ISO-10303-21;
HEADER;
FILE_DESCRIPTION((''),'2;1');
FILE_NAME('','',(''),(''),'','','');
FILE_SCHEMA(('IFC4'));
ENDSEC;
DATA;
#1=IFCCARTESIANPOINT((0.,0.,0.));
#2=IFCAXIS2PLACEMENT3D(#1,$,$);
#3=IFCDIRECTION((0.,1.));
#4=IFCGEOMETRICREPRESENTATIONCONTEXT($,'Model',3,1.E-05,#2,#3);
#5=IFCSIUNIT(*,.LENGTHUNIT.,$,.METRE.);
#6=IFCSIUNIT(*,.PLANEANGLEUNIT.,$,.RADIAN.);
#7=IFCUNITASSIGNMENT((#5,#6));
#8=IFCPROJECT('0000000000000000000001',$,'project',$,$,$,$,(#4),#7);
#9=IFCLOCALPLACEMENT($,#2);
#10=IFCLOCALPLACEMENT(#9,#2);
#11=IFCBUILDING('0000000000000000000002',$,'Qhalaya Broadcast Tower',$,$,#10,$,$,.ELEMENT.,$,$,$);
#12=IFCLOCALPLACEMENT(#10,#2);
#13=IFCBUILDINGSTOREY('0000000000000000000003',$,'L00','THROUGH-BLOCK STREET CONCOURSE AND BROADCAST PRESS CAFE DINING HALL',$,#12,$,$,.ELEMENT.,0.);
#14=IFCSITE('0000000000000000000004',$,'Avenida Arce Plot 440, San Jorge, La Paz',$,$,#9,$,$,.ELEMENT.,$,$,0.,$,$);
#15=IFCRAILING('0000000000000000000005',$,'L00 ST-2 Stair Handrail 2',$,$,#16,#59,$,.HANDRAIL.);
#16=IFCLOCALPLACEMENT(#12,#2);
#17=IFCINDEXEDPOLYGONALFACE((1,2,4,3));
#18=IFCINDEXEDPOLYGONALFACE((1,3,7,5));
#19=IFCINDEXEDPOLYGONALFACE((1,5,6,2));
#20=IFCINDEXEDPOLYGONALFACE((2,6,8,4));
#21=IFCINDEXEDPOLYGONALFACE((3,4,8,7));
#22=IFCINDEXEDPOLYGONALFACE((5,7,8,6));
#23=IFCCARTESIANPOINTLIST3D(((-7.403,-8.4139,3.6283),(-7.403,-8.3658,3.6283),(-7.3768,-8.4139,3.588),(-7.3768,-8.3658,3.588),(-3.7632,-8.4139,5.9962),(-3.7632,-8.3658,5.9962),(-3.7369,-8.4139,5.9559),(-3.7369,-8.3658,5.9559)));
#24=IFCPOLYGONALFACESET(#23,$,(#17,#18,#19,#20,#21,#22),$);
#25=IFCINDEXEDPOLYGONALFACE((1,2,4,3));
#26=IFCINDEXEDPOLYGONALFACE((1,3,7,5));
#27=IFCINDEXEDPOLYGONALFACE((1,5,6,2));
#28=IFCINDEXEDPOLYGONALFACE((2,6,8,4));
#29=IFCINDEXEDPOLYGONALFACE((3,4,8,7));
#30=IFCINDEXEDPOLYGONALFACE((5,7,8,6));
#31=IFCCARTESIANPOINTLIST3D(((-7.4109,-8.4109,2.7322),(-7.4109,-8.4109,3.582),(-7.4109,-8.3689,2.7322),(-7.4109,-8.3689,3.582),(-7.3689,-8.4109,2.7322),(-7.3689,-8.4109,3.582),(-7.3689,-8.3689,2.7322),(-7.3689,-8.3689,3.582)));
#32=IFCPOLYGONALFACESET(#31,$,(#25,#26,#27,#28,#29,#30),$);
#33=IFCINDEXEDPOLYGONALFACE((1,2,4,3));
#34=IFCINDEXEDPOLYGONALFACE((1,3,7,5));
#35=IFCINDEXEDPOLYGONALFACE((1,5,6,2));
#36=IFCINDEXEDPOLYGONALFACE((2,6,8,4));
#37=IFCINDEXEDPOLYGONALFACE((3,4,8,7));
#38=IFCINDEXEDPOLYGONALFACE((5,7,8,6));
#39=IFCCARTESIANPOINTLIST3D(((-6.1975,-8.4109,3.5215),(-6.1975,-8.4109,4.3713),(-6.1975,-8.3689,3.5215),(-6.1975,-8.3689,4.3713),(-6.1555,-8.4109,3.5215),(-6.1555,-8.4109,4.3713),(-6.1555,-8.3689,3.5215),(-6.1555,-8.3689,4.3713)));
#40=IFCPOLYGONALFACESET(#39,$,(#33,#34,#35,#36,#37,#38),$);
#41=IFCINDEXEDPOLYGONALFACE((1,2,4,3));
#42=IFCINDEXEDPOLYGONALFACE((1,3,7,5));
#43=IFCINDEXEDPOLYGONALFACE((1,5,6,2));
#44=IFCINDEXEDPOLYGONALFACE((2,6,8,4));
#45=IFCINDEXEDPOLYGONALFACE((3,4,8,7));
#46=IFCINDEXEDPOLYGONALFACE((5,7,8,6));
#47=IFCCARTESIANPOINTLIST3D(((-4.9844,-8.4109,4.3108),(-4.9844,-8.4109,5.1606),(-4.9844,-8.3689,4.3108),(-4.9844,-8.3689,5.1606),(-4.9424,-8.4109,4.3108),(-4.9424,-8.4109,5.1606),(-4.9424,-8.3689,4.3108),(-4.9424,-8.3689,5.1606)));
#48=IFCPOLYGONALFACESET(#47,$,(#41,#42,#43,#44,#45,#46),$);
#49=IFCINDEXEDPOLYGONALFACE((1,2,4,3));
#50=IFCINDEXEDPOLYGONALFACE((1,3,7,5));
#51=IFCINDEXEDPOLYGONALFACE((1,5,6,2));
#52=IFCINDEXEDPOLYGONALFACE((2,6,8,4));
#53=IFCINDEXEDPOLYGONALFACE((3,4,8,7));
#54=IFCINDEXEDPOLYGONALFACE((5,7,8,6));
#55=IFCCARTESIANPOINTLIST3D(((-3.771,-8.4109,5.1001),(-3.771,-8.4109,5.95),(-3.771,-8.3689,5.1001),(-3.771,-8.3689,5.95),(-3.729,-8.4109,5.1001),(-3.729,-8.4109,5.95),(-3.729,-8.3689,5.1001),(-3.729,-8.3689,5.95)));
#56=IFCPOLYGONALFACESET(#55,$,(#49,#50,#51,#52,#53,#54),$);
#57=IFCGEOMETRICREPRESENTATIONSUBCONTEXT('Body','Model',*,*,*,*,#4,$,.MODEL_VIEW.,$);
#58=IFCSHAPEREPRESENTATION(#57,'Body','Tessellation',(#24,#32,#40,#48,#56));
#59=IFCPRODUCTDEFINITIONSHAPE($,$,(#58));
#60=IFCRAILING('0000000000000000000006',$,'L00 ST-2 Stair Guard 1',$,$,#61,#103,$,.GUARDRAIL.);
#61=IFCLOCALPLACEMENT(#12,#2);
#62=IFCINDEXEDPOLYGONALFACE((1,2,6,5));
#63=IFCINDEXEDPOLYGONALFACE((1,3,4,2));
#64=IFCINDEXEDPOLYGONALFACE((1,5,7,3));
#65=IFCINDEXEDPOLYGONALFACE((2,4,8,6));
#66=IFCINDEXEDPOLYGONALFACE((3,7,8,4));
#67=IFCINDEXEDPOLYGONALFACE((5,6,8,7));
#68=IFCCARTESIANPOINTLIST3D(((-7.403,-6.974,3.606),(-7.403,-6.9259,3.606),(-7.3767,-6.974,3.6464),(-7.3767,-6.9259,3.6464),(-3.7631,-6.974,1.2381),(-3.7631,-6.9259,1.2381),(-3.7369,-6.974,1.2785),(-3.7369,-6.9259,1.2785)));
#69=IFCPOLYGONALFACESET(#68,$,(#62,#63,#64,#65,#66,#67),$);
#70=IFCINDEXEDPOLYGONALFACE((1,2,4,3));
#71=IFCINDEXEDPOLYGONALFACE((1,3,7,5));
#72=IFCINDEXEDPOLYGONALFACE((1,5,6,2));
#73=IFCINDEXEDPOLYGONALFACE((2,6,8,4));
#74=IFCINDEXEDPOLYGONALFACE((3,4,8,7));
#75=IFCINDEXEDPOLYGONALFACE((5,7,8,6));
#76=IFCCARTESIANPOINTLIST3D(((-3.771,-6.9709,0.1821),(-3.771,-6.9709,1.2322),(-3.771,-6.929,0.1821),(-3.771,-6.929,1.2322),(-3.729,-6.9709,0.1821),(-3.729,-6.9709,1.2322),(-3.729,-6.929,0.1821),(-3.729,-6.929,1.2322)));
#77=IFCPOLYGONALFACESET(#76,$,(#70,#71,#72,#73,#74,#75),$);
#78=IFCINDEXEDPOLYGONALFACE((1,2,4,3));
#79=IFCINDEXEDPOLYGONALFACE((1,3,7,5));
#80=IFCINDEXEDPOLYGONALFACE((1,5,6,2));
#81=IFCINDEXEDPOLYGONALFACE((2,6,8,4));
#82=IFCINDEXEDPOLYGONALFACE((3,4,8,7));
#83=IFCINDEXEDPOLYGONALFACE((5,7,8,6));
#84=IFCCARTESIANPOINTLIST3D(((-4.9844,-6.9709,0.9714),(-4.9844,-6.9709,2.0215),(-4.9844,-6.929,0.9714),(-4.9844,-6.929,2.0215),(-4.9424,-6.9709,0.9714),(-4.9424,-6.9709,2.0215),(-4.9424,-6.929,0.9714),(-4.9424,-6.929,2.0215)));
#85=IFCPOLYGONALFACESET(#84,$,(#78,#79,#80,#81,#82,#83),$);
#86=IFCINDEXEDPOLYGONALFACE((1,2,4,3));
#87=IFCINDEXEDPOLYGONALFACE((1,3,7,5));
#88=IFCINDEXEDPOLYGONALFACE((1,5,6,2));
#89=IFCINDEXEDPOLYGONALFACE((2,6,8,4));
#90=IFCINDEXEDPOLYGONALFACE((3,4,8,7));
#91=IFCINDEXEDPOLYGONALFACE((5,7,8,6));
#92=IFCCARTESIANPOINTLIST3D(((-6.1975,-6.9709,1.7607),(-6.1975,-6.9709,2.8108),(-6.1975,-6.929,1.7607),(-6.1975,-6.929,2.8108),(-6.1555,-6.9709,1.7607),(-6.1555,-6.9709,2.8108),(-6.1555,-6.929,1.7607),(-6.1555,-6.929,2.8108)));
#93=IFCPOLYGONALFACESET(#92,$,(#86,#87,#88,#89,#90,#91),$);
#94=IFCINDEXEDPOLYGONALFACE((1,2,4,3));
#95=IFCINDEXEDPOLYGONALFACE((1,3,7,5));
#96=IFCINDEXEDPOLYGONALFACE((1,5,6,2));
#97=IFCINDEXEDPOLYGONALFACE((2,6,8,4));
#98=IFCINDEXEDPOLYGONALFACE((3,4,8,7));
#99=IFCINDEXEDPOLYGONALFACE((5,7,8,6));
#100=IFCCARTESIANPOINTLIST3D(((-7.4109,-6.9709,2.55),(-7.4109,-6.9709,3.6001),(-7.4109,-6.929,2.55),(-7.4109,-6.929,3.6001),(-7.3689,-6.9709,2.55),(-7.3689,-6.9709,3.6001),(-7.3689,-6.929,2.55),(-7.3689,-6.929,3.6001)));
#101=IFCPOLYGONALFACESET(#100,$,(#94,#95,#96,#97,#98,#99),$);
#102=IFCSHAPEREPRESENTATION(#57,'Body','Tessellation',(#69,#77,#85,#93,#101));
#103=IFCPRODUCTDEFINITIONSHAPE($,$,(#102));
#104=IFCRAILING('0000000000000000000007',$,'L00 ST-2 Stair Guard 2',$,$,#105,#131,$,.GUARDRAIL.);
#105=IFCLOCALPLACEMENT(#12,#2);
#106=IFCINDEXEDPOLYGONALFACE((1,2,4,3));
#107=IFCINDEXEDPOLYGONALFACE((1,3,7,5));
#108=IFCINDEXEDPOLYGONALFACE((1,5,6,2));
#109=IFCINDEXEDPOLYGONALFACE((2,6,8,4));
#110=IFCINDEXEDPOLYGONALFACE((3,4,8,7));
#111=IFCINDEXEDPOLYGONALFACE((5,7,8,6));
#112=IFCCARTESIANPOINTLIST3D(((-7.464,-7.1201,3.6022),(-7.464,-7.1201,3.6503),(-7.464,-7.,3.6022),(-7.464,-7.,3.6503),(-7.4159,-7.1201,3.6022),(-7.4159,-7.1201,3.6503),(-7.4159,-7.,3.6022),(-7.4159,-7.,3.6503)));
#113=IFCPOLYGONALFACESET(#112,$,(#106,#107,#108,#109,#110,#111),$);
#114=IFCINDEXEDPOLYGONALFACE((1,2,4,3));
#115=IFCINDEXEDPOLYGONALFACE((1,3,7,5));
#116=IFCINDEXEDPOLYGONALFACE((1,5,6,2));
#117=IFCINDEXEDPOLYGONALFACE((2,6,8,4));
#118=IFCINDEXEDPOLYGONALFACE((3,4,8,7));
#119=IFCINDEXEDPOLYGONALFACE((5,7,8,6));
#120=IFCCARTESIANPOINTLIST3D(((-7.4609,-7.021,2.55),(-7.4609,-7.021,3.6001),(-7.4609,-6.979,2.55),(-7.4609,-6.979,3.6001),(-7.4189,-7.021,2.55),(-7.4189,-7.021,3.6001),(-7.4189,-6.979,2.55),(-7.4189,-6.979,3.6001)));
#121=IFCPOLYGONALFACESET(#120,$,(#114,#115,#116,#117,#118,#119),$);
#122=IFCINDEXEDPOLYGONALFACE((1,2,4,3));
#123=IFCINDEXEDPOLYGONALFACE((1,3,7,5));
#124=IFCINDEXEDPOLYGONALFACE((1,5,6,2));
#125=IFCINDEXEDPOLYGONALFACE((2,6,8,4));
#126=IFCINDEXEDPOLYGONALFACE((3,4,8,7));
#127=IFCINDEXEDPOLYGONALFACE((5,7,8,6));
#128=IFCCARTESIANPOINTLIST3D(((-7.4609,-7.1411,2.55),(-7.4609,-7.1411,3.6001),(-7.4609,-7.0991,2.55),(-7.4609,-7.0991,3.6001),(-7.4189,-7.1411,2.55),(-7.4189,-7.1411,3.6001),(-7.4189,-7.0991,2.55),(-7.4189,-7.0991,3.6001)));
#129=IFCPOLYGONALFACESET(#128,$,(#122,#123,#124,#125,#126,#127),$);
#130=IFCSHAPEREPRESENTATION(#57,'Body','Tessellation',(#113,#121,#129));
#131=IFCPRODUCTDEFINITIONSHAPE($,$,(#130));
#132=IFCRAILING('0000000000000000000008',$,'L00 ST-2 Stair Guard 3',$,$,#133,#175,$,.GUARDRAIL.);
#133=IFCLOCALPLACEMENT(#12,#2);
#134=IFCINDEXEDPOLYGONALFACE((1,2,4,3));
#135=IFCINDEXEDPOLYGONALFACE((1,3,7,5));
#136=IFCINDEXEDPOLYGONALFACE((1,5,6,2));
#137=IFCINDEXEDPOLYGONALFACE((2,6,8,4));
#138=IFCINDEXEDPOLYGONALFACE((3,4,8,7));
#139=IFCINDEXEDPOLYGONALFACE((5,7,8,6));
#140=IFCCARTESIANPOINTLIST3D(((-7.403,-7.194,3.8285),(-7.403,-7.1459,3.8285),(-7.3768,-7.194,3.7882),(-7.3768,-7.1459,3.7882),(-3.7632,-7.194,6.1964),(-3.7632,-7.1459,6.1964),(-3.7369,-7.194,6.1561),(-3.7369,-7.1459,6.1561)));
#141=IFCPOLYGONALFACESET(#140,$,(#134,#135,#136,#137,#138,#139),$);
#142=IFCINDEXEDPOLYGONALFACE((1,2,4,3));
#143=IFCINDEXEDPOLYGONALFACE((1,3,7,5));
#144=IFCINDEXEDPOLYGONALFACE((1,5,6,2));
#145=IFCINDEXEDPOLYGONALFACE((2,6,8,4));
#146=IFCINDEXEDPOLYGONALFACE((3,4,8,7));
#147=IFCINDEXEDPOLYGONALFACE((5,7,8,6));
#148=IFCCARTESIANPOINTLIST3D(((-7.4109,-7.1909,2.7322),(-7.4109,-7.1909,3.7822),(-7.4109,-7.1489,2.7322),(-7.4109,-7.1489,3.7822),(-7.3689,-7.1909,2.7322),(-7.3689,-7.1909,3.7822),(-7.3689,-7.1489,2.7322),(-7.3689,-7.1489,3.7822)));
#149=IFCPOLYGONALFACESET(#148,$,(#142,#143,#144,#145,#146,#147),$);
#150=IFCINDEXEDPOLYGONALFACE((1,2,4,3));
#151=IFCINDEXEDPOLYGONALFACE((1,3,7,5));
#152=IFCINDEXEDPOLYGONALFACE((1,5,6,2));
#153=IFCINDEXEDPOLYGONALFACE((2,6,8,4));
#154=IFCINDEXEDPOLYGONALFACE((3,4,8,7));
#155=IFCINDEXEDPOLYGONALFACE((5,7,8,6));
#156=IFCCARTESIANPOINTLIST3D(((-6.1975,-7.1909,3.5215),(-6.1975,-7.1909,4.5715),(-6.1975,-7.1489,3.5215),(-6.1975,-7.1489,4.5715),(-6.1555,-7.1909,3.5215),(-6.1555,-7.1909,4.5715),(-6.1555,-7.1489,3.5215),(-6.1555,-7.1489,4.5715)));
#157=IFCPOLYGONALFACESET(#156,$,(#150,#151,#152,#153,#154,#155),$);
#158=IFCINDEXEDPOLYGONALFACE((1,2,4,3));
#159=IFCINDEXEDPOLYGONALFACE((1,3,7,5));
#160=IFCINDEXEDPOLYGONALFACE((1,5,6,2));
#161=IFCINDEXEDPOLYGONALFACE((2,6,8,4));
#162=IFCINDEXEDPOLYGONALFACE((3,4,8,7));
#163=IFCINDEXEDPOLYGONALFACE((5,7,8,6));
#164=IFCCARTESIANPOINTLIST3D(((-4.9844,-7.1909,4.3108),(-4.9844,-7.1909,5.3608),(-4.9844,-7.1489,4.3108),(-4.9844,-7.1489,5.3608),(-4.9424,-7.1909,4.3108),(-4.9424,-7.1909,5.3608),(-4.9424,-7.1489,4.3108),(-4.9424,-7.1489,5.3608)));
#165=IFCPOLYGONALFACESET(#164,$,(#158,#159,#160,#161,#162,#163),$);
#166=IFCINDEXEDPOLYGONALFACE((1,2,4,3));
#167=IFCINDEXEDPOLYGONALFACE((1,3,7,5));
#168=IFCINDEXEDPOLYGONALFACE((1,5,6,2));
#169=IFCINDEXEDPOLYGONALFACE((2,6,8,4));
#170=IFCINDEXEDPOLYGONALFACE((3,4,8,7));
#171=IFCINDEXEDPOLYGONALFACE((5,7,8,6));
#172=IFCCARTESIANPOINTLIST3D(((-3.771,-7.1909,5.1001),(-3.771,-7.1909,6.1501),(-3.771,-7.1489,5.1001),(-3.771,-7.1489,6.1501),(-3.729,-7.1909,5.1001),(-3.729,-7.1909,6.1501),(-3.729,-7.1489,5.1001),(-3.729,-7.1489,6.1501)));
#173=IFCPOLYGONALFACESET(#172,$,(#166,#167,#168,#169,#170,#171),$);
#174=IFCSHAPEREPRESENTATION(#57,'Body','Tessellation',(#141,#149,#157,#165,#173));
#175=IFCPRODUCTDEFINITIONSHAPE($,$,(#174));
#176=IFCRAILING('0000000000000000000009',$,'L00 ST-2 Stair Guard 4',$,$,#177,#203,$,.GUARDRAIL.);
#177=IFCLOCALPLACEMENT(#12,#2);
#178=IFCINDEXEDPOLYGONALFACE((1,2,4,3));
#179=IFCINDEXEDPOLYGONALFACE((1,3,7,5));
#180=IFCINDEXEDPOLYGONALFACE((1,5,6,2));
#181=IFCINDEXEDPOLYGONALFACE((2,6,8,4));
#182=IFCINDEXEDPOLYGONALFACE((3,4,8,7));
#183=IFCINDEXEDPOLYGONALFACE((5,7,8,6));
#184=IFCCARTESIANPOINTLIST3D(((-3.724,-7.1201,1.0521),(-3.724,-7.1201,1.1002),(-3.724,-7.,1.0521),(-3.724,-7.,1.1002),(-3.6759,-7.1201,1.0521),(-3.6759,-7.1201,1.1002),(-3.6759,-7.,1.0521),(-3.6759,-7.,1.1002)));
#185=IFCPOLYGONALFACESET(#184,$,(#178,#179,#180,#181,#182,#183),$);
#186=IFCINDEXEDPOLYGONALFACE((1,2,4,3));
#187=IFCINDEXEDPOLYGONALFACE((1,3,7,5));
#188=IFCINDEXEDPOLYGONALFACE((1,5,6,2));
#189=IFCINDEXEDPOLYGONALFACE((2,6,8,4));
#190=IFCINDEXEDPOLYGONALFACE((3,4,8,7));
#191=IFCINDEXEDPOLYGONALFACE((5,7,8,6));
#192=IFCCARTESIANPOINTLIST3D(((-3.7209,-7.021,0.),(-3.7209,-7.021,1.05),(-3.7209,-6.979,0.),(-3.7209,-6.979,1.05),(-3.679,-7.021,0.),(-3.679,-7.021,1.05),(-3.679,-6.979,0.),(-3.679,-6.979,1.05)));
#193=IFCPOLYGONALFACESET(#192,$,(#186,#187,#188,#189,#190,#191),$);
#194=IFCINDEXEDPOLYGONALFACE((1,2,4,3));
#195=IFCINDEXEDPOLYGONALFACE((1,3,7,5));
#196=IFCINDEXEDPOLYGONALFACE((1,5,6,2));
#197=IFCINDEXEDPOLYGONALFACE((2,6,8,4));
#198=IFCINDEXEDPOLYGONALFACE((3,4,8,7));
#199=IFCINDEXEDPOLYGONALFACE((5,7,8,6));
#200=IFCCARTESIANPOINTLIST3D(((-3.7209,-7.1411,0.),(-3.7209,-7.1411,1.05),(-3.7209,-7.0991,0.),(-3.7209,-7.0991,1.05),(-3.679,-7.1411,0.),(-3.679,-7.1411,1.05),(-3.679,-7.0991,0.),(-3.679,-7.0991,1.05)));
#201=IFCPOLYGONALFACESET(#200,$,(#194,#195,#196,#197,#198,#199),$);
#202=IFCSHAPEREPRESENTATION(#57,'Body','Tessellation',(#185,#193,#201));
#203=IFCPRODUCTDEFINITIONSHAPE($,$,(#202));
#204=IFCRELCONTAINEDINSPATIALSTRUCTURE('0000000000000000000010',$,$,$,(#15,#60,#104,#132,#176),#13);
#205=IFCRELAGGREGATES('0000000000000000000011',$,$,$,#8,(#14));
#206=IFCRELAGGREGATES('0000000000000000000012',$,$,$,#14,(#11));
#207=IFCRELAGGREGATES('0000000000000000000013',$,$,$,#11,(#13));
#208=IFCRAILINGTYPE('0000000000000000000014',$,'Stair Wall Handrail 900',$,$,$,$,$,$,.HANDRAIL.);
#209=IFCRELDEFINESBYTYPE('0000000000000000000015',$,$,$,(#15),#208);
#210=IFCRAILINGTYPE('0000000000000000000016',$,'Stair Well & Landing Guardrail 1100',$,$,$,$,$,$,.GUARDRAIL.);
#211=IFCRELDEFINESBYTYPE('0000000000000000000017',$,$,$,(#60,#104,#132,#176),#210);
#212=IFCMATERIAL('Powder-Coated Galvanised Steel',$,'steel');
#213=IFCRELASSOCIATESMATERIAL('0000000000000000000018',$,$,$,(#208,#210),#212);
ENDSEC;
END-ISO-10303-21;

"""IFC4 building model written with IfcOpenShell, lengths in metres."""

from ifc_helpers import new_model, si_unit, direction, frame, origin, origin_2d, place, context, subcontext, project, spatial, rectangle, extrude, material, type_object, element, save


model = new_model("IFC4")

# Units and contexts
model_context = context("Model", 3, precision=1e-05, world=origin(), true_north=direction((0.0, 1.0)))
body_context = subcontext(model_context, "Body", "Model", "MODEL_VIEW")
ifc_project = project(units=[si_unit("LENGTHUNIT", "METRE"), si_unit("PLANEANGLEUNIT", "RADIAN")], contexts=[model_context])

# Site, building, storey
site_placement = place(None, origin())
site = spatial("IfcSite", under=ifc_project, at=site_placement, Name="Avenida Arce Plot 440, San Jorge, La Paz", CompositionType="ELEMENT", RefElevation=0.0)
building_placement = place(site_placement, origin())
building = spatial("IfcBuilding", under=site, at=building_placement, Name="Qhalaya Broadcast Tower", CompositionType="ELEMENT")
storey_placement = place(building_placement, origin())
storey = spatial("IfcBuildingStorey", under=building, at=storey_placement, Name="L00", Description="THROUGH-BLOCK STREET CONCOURSE AND BROADCAST PRESS CAFE DINING HALL", CompositionType="ELEMENT", Elevation=0.0)

# Railings
ifc_material_1 = material(Name="Powder-Coated Galvanised Steel", Category="steel")
railing_type_1 = type_object("IfcRailingType", Name="Stair Wall Handrail 900", PredefinedType="HANDRAIL", material=ifc_material_1)
railing_1_placement = place(storey_placement, frame((-7.3899, -8.3899, 2.7322)))
element("IfcRailing", 1, at=railing_1_placement, inside=storey, type_object=railing_type_1, Name="L00 ST-2 Stair Handrail 2", PredefinedType="HANDRAIL", context=body_context, shape_type="SweptSolid", body=[
    extrude(rectangle(XDim=0.0481, YDim=0.0481, at=origin_2d()), frame((0.0, 0.0, 0.876), z_axis=(0.838234, 0.0, 0.54531), x_axis=(0.0, 1.0, 0.0)), (0.0, 0.0, 1.0), 4.3423),
    extrude(rectangle(XDim=0.042, YDim=0.042, at=origin_2d()), origin(), (0.0, 0.0, 1.0), 0.8499),
    extrude(rectangle(XDim=0.042, YDim=0.042, at=origin_2d()), frame((1.2134, 0.0, 0.7893)), (0.0, 0.0, 1.0), 0.8499),
    extrude(rectangle(XDim=0.042, YDim=0.042, at=origin_2d()), frame((2.4265, 0.0, 1.5786)), (0.0, 0.0, 1.0), 0.8499),
    extrude(rectangle(XDim=0.042, YDim=0.042, at=origin_2d()), frame((3.6399, 0.0, 2.3679)), (0.0, 0.0, 1.0), 0.8499),
])
railing_type_2 = type_object("IfcRailingType", Name="Stair Well & Landing Guardrail 1100", PredefinedType="GUARDRAIL", material=ifc_material_1)
railing_2_placement = place(storey_placement, frame((-3.75, -6.95, 0.1821)))
element("IfcRailing", 2, at=railing_2_placement, inside=storey, type_object=railing_type_2, Name="L00 ST-2 Stair Guard 1", PredefinedType="GUARDRAIL", context=body_context, shape_type="SweptSolid", body=[
    extrude(rectangle(XDim=0.0481, YDim=0.0481, at=origin_2d()), frame((0.0, 0.0, 1.0762), z_axis=(-0.838234, 0.0, 0.54531), x_axis=(0.0, -1.0, 0.0)), (0.0, 0.0, 1.0), 4.3423),
    extrude(rectangle(XDim=0.042, YDim=0.042, at=origin_2d()), origin(), (0.0, 0.0, 1.0), 1.05),
    extrude(rectangle(XDim=0.042, YDim=0.042, at=origin_2d()), frame((-1.2134, 0.0, 0.7893)), (0.0, 0.0, 1.0), 1.05),
    extrude(rectangle(XDim=0.042, YDim=0.042, at=origin_2d()), frame((-2.4265, 0.0, 1.5786)), (0.0, 0.0, 1.0), 1.05),
    extrude(rectangle(XDim=0.042, YDim=0.042, at=origin_2d()), frame((-3.6399, 0.0, 2.3679)), (0.0, 0.0, 1.0), 1.05),
])
railing_3_placement = place(storey_placement, frame((-7.4399, -7.0, 2.55)))
element("IfcRailing", 3, at=railing_3_placement, inside=storey, type_object=railing_type_2, Name="L00 ST-2 Stair Guard 2", PredefinedType="GUARDRAIL", context=body_context, shape_type="SweptSolid", body=[
    extrude(rectangle(XDim=0.0481, YDim=0.0481, at=origin_2d()), frame((0.0, 0.0, 1.0762), z_axis=(0.0, -1.0, 0.0), x_axis=(1.0, 0.0, 0.0)), (0.0, 0.0, 1.0), 0.1201),
    extrude(rectangle(XDim=0.042, YDim=0.042, at=origin_2d()), origin(), (0.0, 0.0, 1.0), 1.05),
    extrude(rectangle(XDim=0.042, YDim=0.042, at=origin_2d()), frame((0.0, -0.1201, 0.0)), (0.0, 0.0, 1.0), 1.05),
])
railing_4_placement = place(storey_placement, frame((-7.3899, -7.1699, 2.7322)))
element("IfcRailing", 4, at=railing_4_placement, inside=storey, type_object=railing_type_2, Name="L00 ST-2 Stair Guard 3", PredefinedType="GUARDRAIL", context=body_context, shape_type="SweptSolid", body=[
    extrude(rectangle(XDim=0.0481, YDim=0.0481, at=origin_2d()), frame((0.0, 0.0, 1.0762), z_axis=(0.838234, 0.0, 0.54531), x_axis=(0.0, 1.0, 0.0)), (0.0, 0.0, 1.0), 4.3423),
    extrude(rectangle(XDim=0.042, YDim=0.042, at=origin_2d()), origin(), (0.0, 0.0, 1.0), 1.05),
    extrude(rectangle(XDim=0.042, YDim=0.042, at=origin_2d()), frame((1.2134, 0.0, 0.7893)), (0.0, 0.0, 1.0), 1.05),
    extrude(rectangle(XDim=0.042, YDim=0.042, at=origin_2d()), frame((2.4265, 0.0, 1.5786)), (0.0, 0.0, 1.0), 1.05),
    extrude(rectangle(XDim=0.042, YDim=0.042, at=origin_2d()), frame((3.6399, 0.0, 2.3679)), (0.0, 0.0, 1.0), 1.05),
])
railing_5_placement = place(storey_placement, frame((-3.7, -7.0, 0.0)))
element("IfcRailing", 5, at=railing_5_placement, inside=storey, type_object=railing_type_2, Name="L00 ST-2 Stair Guard 4", PredefinedType="GUARDRAIL", context=body_context, shape_type="SweptSolid", body=[
    extrude(rectangle(XDim=0.0481, YDim=0.0481, at=origin_2d()), frame((0.0, 0.0, 1.0762), z_axis=(0.0, -1.0, 0.0), x_axis=(1.0, 0.0, 0.0)), (0.0, 0.0, 1.0), 0.1201),
    extrude(rectangle(XDim=0.042, YDim=0.042, at=origin_2d()), origin(), (0.0, 0.0, 1.0), 1.05),
    extrude(rectangle(XDim=0.042, YDim=0.042, at=origin_2d()), frame((0.0, -0.1201, 0.0)), (0.0, 0.0, 1.0), 1.05),
])

save(model, "model.ifc")
